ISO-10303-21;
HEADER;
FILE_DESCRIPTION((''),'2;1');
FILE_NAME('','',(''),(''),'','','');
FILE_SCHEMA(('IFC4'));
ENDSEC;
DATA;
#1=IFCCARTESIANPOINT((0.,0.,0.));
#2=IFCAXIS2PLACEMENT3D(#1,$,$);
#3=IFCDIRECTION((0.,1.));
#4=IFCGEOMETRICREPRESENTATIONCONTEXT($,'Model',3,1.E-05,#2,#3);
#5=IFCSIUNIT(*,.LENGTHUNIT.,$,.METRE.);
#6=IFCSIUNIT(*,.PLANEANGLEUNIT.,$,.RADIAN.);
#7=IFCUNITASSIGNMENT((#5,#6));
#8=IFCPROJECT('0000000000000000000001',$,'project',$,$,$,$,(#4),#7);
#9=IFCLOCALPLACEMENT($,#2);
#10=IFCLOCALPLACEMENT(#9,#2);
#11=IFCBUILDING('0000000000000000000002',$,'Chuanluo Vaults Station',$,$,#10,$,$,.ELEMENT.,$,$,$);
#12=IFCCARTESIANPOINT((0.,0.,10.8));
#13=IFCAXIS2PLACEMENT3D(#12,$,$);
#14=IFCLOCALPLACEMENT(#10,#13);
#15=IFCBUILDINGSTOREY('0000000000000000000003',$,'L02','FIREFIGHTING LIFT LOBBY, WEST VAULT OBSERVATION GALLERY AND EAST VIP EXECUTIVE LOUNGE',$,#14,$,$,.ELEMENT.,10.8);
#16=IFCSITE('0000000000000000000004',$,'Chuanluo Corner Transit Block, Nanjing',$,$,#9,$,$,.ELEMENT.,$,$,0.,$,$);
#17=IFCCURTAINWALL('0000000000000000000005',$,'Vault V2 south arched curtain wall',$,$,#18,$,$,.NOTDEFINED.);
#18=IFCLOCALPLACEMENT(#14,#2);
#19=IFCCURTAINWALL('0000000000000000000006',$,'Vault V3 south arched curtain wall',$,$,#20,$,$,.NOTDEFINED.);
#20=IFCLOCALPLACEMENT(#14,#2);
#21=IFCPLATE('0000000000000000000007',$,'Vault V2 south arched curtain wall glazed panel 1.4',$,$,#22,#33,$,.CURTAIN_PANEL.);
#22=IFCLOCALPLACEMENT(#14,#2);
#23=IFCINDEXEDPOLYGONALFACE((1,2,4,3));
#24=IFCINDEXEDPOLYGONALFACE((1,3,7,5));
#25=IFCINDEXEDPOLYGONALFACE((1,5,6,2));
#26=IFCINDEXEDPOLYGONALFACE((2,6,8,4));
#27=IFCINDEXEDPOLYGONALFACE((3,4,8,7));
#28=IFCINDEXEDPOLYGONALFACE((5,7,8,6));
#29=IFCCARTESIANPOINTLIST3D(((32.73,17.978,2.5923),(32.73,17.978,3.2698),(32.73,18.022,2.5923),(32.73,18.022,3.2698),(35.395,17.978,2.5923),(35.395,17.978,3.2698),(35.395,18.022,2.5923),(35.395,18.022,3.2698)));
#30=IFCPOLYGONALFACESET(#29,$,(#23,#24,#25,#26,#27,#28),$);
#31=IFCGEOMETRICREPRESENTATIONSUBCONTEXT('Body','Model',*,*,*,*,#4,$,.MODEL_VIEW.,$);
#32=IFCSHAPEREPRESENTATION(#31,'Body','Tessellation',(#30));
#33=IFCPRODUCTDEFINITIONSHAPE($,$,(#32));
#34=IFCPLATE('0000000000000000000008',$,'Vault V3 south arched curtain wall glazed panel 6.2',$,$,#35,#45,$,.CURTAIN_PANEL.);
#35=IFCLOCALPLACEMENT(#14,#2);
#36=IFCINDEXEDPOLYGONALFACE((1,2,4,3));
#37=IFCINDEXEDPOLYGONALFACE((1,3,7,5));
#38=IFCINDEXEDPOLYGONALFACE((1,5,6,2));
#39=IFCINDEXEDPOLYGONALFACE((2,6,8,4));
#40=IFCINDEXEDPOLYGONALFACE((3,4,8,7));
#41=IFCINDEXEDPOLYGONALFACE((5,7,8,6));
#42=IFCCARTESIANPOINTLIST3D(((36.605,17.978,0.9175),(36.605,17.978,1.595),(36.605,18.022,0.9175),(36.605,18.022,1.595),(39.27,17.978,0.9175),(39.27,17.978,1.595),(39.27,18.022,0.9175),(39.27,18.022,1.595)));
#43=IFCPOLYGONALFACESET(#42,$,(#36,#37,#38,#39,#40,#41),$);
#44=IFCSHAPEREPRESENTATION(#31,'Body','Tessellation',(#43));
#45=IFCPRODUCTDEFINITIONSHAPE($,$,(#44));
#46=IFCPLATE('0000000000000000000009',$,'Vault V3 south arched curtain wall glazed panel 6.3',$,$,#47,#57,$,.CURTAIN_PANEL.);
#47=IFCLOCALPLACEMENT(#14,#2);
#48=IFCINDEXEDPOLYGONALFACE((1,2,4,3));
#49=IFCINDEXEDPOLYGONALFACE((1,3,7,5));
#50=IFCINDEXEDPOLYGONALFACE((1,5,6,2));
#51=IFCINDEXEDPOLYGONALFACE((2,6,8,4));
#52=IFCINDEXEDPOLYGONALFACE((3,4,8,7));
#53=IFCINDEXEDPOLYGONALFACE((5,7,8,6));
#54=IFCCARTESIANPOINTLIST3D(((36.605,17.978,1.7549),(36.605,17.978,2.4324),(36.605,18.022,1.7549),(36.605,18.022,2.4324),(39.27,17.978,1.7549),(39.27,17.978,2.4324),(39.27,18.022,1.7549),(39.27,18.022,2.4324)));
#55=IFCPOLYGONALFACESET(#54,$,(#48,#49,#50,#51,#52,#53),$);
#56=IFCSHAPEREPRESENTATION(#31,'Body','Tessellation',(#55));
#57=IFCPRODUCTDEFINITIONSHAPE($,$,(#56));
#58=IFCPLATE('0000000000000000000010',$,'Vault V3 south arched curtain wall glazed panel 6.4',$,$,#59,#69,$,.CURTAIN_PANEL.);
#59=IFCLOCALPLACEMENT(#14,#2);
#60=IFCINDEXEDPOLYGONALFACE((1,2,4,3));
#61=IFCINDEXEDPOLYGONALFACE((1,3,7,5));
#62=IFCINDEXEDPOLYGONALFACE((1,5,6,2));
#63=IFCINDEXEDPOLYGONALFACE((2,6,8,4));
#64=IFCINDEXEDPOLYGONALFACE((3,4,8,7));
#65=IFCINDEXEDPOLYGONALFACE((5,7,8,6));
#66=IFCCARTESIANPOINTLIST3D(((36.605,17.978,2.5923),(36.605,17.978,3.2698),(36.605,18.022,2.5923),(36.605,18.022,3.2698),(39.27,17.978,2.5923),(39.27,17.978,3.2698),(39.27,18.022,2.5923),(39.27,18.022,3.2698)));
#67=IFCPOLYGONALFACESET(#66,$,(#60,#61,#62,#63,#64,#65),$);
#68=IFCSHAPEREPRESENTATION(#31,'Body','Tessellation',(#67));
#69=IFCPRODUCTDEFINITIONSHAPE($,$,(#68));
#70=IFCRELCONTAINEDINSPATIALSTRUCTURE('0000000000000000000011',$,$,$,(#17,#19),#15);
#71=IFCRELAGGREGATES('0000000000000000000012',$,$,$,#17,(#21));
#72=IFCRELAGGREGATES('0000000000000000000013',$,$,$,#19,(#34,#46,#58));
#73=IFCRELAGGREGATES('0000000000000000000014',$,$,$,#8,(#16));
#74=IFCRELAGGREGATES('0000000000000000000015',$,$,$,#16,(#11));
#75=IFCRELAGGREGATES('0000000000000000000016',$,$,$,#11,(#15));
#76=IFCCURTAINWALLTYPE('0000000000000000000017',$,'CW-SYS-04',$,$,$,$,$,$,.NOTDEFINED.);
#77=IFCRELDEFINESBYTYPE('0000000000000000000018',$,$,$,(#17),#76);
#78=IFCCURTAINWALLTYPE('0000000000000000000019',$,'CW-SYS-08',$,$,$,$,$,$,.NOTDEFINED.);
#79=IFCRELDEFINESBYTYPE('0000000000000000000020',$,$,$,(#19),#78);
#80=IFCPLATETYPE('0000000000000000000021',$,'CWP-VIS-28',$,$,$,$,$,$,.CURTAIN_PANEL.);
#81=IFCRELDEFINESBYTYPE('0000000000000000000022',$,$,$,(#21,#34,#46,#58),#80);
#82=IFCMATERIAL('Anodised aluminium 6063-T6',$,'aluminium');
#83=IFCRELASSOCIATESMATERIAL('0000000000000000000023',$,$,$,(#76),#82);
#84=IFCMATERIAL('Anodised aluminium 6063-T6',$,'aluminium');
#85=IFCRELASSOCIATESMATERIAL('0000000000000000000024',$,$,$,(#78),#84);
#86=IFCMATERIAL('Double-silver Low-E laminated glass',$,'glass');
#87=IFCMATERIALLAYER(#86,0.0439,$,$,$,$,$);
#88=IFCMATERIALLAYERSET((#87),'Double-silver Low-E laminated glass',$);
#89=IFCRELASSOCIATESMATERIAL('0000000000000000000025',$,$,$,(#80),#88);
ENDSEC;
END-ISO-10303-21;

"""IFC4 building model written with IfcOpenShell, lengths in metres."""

from ifc_helpers import new_model, si_unit, direction, frame, origin, origin_2d, place, context, subcontext, project, spatial, rectangle, extrude, material, layer, layer_set, type_object, element, aggregate, save


model = new_model("IFC4")

# Units and contexts
model_context = context("Model", 3, precision=1e-05, world=origin(), true_north=direction((0.0, 1.0)))
body_context = subcontext(model_context, "Body", "Model", "MODEL_VIEW")
ifc_project = project(units=[si_unit("LENGTHUNIT", "METRE"), si_unit("PLANEANGLEUNIT", "RADIAN")], contexts=[model_context])

# Site, building, storey
site_placement = place(None, origin())
site = spatial("IfcSite", under=ifc_project, at=site_placement, Name="Chuanluo Corner Transit Block, Nanjing", CompositionType="ELEMENT", RefElevation=0.0)
building_placement = place(site_placement, origin())
building = spatial("IfcBuilding", under=site, at=building_placement, Name="Chuanluo Vaults Station", CompositionType="ELEMENT")
storey_placement = place(building_placement, frame((0.0, 0.0, 10.8)))
storey = spatial("IfcBuildingStorey", under=building, at=storey_placement, Name="L02", Description="FIREFIGHTING LIFT LOBBY, WEST VAULT OBSERVATION GALLERY AND EAST VIP EXECUTIVE LOUNGE", CompositionType="ELEMENT", Elevation=10.8)

# Curtain walls
ifc_material_1 = material(Name="Anodised aluminium 6063-T6", Category="aluminium")
curtain_wall_type_1 = type_object("IfcCurtainWallType", Name="CW-SYS-04", PredefinedType="NOTDEFINED", material=ifc_material_1)
curtain_wall_1_placement = place(storey_placement, origin())
curtain_wall_1 = element("IfcCurtainWall", 1, at=curtain_wall_1_placement, inside=storey, type_object=curtain_wall_type_1, Name="Vault V2 south arched curtain wall", PredefinedType="NOTDEFINED")
ifc_material_2 = material(Name="Anodised aluminium 6063-T6", Category="aluminium")
curtain_wall_type_2 = type_object("IfcCurtainWallType", Name="CW-SYS-08", PredefinedType="NOTDEFINED", material=ifc_material_2)
curtain_wall_2_placement = place(storey_placement, origin())
curtain_wall_2 = element("IfcCurtainWall", 2, at=curtain_wall_2_placement, inside=storey, type_object=curtain_wall_type_2, Name="Vault V3 south arched curtain wall", PredefinedType="NOTDEFINED")

# Plates
ifc_material_3 = material(Name="Double-silver Low-E laminated glass", Category="glass")
ifc_layer_1 = layer(ifc_material_3, 0.0439)
ifc_layer_set_1 = layer_set([ifc_layer_1], Name="Double-silver Low-E laminated glass")
plate_type_1 = type_object("IfcPlateType", Name="CWP-VIS-28", PredefinedType="CURTAIN_PANEL", material=ifc_layer_set_1)
plate_1_placement = place(storey_placement, frame((34.0625, 18.0, 2.5923), z_axis=(0.0, 0.0, 1.0), x_axis=(-1.0, 0.0, 0.0)))
plate_1 = element("IfcPlate", 3, at=plate_1_placement, type_object=plate_type_1, Name="Vault V2 south arched curtain wall glazed panel 1.4", PredefinedType="CURTAIN_PANEL", context=body_context, shape_type="SweptSolid", body=[
    extrude(rectangle(XDim=2.665, YDim=0.0439, at=origin_2d()), origin(), (0.0, 0.0, 1.0), 0.6775),
])
aggregate(curtain_wall_1, [plate_1])
plate_2_placement = place(storey_placement, frame((37.9375, 18.0, 0.9175), z_axis=(0.0, 0.0, 1.0), x_axis=(-1.0, 0.0, 0.0)))
plate_2 = element("IfcPlate", 4, at=plate_2_placement, type_object=plate_type_1, Name="Vault V3 south arched curtain wall glazed panel 6.2", PredefinedType="CURTAIN_PANEL", context=body_context, shape_type="SweptSolid", body=[
    extrude(rectangle(XDim=2.665, YDim=0.0439, at=origin_2d()), origin(), (0.0, 0.0, 1.0), 0.6775),
])
plate_3_placement = place(storey_placement, frame((37.9375, 18.0, 1.7549), z_axis=(0.0, 0.0, 1.0), x_axis=(-1.0, 0.0, 0.0)))
plate_3 = element("IfcPlate", 5, at=plate_3_placement, type_object=plate_type_1, Name="Vault V3 south arched curtain wall glazed panel 6.3", PredefinedType="CURTAIN_PANEL", context=body_context, shape_type="SweptSolid", body=[
    extrude(rectangle(XDim=2.665, YDim=0.0439, at=origin_2d()), origin(), (0.0, 0.0, 1.0), 0.6775),
])
plate_4_placement = place(storey_placement, frame((37.9375, 18.0, 2.5923), z_axis=(0.0, 0.0, 1.0), x_axis=(-1.0, 0.0, 0.0)))
plate_4 = element("IfcPlate", 6, at=plate_4_placement, type_object=plate_type_1, Name="Vault V3 south arched curtain wall glazed panel 6.4", PredefinedType="CURTAIN_PANEL", context=body_context, shape_type="SweptSolid", body=[
    extrude(rectangle(XDim=2.665, YDim=0.0439, at=origin_2d()), origin(), (0.0, 0.0, 1.0), 0.6775),
])
aggregate(curtain_wall_2, [plate_2, plate_3, plate_4])

save(model, "model.ifc")
